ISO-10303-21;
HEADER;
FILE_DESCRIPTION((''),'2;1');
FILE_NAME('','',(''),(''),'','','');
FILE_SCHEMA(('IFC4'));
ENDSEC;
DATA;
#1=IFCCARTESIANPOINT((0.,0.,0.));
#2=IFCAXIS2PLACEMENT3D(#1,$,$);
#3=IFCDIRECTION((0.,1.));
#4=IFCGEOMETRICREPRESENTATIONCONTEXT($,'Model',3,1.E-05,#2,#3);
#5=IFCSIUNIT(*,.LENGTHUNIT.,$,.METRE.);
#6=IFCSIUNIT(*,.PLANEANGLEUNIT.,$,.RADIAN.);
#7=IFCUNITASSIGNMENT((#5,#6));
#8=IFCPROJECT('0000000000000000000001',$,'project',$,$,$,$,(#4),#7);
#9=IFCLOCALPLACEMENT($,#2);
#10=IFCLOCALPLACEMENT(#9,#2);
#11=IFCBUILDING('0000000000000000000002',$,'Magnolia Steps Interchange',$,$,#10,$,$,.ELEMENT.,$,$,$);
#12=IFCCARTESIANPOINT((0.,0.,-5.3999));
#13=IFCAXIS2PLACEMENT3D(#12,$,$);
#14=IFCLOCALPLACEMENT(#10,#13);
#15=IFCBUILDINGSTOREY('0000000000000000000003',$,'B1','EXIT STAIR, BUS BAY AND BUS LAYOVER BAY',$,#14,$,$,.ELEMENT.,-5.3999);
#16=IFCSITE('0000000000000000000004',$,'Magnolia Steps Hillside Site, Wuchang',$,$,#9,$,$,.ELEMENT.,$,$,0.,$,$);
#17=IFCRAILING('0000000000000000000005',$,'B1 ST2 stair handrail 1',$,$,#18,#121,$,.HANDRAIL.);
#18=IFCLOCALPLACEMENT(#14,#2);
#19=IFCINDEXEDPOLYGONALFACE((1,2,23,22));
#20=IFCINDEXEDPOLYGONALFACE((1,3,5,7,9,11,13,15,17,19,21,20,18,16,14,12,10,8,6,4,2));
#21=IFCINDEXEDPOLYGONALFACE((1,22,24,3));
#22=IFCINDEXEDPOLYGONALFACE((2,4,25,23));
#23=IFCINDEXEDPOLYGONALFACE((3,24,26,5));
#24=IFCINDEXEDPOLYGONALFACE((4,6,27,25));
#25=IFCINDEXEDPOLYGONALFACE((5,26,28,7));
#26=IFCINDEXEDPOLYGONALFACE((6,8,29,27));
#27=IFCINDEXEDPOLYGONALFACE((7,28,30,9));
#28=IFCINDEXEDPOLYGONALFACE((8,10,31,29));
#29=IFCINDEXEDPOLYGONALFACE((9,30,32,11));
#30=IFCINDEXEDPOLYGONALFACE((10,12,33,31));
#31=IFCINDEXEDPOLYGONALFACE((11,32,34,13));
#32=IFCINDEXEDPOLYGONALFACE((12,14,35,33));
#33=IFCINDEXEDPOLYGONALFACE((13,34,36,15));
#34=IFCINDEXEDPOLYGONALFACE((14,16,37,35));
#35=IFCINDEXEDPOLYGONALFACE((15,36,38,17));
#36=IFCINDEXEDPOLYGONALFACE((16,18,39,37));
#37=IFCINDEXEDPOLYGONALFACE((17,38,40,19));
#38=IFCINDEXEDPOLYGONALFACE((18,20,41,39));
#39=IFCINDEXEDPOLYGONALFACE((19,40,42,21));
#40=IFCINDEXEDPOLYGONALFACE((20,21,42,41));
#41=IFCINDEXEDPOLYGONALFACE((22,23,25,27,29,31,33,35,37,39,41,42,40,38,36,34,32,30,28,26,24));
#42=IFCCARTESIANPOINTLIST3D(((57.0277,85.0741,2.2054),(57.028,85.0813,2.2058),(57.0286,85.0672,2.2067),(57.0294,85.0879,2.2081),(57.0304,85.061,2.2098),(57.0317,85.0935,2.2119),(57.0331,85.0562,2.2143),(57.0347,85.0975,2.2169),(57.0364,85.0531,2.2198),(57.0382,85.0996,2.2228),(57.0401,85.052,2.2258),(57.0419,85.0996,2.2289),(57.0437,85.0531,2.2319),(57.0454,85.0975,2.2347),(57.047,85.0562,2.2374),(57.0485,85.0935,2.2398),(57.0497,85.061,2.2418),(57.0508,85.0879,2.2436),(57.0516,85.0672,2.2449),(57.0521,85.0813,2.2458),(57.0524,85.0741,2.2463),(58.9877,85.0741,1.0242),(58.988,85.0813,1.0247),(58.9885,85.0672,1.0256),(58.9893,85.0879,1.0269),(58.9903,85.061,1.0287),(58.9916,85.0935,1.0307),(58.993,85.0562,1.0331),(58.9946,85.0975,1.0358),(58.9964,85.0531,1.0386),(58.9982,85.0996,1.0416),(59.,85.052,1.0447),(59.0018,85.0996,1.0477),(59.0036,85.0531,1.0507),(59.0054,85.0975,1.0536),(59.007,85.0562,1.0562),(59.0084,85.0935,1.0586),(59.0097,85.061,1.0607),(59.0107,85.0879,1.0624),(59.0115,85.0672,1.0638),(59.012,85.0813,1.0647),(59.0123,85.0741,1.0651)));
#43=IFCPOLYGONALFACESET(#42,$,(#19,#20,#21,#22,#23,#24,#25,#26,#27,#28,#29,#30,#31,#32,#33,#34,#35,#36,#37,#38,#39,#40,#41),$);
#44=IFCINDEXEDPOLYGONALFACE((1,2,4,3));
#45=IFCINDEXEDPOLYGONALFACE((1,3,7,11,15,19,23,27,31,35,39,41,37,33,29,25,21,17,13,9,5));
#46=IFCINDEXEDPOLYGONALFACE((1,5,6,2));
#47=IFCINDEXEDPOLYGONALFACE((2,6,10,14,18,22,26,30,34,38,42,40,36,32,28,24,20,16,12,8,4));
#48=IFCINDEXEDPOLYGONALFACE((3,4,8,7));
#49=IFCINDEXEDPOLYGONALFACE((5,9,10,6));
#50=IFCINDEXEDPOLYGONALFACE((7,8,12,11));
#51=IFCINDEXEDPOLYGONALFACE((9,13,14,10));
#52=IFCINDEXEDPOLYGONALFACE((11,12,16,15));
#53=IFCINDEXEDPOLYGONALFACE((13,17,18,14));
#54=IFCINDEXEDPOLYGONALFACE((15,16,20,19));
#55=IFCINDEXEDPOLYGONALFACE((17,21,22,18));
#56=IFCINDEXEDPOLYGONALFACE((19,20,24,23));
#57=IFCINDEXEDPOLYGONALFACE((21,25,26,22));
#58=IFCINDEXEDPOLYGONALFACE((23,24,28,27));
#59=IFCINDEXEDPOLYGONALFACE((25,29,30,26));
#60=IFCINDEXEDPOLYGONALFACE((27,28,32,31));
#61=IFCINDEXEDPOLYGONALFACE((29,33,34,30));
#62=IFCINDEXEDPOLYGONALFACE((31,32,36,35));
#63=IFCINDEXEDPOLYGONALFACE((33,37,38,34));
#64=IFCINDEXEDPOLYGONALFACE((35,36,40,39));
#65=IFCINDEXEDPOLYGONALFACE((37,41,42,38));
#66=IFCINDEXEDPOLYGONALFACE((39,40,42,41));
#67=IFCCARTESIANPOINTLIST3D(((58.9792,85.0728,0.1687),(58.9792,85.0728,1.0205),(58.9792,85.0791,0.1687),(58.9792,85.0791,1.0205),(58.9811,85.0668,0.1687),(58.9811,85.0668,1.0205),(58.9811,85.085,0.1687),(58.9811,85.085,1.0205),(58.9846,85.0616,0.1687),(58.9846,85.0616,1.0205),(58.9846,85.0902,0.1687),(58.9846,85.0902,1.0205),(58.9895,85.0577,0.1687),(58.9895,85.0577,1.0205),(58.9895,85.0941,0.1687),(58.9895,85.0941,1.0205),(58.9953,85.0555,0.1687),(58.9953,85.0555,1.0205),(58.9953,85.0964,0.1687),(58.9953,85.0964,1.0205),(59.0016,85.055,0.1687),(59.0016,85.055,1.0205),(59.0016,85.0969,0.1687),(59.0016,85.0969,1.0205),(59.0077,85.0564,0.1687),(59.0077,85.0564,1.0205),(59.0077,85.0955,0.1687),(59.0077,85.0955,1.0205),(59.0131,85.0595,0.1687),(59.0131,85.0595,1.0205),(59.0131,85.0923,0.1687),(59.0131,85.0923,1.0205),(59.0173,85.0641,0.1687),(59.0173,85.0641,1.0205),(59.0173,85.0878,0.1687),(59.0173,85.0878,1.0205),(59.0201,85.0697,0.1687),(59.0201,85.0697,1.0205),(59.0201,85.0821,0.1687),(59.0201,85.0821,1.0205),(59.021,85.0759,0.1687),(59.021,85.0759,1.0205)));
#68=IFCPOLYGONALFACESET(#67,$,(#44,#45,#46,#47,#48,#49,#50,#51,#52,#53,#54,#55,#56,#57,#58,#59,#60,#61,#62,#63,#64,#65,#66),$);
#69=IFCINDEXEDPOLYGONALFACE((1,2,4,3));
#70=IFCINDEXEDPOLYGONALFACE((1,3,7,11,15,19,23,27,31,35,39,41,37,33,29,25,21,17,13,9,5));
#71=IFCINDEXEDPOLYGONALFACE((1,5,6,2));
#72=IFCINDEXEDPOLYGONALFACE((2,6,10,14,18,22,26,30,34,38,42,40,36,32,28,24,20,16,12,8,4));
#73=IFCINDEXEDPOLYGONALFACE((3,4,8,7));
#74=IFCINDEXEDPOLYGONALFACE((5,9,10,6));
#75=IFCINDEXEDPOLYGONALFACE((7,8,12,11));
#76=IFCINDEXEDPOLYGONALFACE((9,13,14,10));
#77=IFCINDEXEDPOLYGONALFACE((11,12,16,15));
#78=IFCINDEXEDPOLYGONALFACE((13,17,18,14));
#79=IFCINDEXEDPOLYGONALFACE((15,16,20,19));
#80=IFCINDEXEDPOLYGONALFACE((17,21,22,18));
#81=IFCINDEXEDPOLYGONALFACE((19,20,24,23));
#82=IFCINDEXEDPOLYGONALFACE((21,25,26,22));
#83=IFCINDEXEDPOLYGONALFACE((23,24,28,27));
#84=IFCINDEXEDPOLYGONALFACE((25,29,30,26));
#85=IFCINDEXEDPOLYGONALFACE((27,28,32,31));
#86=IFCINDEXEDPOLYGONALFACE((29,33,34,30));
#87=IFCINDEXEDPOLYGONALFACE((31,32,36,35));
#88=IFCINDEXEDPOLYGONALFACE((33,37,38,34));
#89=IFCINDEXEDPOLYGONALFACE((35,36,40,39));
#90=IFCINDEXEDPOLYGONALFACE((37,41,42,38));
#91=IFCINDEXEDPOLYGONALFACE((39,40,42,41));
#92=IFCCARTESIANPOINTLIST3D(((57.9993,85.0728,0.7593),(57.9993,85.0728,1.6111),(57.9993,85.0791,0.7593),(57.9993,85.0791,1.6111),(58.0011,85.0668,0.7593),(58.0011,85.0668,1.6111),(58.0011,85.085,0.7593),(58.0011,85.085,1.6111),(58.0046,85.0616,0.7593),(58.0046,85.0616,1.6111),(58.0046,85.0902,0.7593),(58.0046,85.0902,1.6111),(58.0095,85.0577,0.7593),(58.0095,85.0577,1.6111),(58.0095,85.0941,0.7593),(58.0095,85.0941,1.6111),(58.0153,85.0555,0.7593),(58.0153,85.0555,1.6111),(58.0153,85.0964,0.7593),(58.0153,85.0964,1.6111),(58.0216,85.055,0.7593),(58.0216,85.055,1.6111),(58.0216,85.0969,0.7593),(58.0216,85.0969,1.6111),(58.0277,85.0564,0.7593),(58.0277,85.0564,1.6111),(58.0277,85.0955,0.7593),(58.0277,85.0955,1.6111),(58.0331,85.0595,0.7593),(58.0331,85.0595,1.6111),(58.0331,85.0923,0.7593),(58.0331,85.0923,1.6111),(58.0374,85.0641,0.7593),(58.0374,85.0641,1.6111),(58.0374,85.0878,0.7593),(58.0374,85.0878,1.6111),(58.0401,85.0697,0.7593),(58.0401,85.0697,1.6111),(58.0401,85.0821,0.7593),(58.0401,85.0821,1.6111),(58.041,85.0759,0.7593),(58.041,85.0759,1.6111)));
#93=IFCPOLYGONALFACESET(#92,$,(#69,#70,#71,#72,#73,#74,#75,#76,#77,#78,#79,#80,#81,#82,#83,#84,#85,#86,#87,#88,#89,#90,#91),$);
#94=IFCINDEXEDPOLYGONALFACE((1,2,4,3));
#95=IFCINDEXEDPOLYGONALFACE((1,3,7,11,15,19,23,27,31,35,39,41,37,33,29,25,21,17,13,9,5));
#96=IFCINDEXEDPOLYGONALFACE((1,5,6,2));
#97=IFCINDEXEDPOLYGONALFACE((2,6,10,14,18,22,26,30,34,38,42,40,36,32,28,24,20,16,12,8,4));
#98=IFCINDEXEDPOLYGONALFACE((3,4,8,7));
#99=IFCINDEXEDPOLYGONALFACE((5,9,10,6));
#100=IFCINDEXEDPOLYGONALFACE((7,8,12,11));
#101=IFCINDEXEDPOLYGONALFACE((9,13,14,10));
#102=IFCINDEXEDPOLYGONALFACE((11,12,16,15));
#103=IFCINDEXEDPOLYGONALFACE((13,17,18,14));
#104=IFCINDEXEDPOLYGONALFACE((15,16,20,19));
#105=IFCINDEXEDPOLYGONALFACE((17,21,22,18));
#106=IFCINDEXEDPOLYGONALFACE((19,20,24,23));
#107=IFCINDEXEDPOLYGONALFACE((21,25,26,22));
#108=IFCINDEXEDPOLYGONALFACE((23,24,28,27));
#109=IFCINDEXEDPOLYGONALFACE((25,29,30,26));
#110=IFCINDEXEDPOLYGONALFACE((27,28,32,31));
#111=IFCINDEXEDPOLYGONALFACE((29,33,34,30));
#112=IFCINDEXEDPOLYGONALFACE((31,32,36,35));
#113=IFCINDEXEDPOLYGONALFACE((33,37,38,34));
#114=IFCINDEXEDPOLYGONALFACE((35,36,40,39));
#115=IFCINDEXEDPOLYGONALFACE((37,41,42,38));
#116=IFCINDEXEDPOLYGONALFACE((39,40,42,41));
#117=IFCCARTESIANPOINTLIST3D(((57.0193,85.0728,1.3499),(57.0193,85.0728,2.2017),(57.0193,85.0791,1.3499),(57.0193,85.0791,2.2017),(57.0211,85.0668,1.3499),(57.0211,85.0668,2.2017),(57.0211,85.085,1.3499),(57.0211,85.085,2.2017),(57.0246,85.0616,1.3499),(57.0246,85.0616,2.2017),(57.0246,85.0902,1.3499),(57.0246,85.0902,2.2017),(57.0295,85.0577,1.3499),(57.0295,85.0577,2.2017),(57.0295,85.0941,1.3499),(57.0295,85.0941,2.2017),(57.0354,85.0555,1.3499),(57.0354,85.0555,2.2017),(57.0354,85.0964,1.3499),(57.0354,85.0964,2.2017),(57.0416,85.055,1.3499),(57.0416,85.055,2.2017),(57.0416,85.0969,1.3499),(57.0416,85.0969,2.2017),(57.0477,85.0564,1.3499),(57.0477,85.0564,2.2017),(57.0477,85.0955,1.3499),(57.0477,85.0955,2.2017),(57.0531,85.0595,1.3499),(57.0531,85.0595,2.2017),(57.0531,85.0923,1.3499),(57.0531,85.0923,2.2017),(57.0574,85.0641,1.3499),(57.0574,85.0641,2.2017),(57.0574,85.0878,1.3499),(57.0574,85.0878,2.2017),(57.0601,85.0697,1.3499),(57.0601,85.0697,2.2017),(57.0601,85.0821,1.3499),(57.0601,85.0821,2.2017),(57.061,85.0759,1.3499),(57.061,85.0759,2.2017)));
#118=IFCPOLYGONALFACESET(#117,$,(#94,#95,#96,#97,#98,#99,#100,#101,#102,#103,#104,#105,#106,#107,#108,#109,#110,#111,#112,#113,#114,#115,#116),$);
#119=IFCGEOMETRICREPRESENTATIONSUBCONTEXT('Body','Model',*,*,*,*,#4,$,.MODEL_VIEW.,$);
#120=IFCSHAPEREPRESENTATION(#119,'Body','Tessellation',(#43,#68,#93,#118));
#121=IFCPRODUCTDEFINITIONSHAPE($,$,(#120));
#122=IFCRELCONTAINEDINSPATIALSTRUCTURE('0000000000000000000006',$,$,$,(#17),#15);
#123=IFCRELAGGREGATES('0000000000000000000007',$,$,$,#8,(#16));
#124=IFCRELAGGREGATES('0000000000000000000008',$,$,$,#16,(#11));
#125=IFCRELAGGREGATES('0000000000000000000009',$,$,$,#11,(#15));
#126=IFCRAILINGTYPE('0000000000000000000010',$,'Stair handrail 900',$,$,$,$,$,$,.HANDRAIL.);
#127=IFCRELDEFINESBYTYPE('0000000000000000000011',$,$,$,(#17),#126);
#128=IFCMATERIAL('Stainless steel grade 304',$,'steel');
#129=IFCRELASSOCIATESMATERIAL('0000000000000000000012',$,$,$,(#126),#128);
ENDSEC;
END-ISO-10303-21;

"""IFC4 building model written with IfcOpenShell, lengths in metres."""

from ifc_helpers import new_model, si_unit, direction, frame, origin, origin_2d, place, context, subcontext, project, spatial, circle, extrude, material, type_object, element, save


model = new_model("IFC4")

# Units and contexts
model_context = context("Model", 3, precision=1e-05, world=origin(), true_north=direction((0.0, 1.0)))
body_context = subcontext(model_context, "Body", "Model", "MODEL_VIEW")
ifc_project = project(units=[si_unit("LENGTHUNIT", "METRE"), si_unit("PLANEANGLEUNIT", "RADIAN")], contexts=[model_context])

# Site, building, storey
site_placement = place(None, origin())
site = spatial("IfcSite", under=ifc_project, at=site_placement, Name="Magnolia Steps Hillside Site, Wuchang", CompositionType="ELEMENT", RefElevation=0.0)
building_placement = place(site_placement, origin())
building = spatial("IfcBuilding", under=site, at=building_placement, Name="Magnolia Steps Interchange", CompositionType="ELEMENT")
storey_placement = place(building_placement, frame((0.0, 0.0, -5.3999)))
storey = spatial("IfcBuildingStorey", under=building, at=storey_placement, Name="B1", Description="EXIT STAIR, BUS BAY AND BUS LAYOVER BAY", CompositionType="ELEMENT", Elevation=-5.3999)

# Railing
ifc_material_1 = material(Name="Stainless steel grade 304", Category="steel")
railing_type_1 = type_object("IfcRailingType", Name="Stair handrail 900", PredefinedType="HANDRAIL", material=ifc_material_1)
railing_1_placement = place(storey_placement, frame((59.0, 85.0759, 0.1687)))
element("IfcRailing", 1, at=railing_1_placement, inside=storey, type_object=railing_type_1, Name="B1 ST2 stair handrail 1", PredefinedType="HANDRAIL", context=body_context, shape_type="SweptSolid", body=[
    extrude(circle(Radius=0.0239, at=origin_2d()), frame((0.0, 0.0, 0.876), z_axis=(-0.856493, 0.0, 0.516158), x_axis=(0.0, -1.0, 0.0)), (0.0, 0.0, 1.0), 2.2883),
    extrude(circle(Radius=0.021, at=origin_2d()), origin(), (0.0, 0.0, 1.0), 0.8518),
    extrude(circle(Radius=0.021, at=origin_2d()), frame((-0.98, 0.0, 0.5906)), (0.0, 0.0, 1.0), 0.8518),
    extrude(circle(Radius=0.021, at=origin_2d()), frame((-1.96, 0.0, 1.1812)), (0.0, 0.0, 1.0), 0.8518),
])

save(model, "model.ifc")
